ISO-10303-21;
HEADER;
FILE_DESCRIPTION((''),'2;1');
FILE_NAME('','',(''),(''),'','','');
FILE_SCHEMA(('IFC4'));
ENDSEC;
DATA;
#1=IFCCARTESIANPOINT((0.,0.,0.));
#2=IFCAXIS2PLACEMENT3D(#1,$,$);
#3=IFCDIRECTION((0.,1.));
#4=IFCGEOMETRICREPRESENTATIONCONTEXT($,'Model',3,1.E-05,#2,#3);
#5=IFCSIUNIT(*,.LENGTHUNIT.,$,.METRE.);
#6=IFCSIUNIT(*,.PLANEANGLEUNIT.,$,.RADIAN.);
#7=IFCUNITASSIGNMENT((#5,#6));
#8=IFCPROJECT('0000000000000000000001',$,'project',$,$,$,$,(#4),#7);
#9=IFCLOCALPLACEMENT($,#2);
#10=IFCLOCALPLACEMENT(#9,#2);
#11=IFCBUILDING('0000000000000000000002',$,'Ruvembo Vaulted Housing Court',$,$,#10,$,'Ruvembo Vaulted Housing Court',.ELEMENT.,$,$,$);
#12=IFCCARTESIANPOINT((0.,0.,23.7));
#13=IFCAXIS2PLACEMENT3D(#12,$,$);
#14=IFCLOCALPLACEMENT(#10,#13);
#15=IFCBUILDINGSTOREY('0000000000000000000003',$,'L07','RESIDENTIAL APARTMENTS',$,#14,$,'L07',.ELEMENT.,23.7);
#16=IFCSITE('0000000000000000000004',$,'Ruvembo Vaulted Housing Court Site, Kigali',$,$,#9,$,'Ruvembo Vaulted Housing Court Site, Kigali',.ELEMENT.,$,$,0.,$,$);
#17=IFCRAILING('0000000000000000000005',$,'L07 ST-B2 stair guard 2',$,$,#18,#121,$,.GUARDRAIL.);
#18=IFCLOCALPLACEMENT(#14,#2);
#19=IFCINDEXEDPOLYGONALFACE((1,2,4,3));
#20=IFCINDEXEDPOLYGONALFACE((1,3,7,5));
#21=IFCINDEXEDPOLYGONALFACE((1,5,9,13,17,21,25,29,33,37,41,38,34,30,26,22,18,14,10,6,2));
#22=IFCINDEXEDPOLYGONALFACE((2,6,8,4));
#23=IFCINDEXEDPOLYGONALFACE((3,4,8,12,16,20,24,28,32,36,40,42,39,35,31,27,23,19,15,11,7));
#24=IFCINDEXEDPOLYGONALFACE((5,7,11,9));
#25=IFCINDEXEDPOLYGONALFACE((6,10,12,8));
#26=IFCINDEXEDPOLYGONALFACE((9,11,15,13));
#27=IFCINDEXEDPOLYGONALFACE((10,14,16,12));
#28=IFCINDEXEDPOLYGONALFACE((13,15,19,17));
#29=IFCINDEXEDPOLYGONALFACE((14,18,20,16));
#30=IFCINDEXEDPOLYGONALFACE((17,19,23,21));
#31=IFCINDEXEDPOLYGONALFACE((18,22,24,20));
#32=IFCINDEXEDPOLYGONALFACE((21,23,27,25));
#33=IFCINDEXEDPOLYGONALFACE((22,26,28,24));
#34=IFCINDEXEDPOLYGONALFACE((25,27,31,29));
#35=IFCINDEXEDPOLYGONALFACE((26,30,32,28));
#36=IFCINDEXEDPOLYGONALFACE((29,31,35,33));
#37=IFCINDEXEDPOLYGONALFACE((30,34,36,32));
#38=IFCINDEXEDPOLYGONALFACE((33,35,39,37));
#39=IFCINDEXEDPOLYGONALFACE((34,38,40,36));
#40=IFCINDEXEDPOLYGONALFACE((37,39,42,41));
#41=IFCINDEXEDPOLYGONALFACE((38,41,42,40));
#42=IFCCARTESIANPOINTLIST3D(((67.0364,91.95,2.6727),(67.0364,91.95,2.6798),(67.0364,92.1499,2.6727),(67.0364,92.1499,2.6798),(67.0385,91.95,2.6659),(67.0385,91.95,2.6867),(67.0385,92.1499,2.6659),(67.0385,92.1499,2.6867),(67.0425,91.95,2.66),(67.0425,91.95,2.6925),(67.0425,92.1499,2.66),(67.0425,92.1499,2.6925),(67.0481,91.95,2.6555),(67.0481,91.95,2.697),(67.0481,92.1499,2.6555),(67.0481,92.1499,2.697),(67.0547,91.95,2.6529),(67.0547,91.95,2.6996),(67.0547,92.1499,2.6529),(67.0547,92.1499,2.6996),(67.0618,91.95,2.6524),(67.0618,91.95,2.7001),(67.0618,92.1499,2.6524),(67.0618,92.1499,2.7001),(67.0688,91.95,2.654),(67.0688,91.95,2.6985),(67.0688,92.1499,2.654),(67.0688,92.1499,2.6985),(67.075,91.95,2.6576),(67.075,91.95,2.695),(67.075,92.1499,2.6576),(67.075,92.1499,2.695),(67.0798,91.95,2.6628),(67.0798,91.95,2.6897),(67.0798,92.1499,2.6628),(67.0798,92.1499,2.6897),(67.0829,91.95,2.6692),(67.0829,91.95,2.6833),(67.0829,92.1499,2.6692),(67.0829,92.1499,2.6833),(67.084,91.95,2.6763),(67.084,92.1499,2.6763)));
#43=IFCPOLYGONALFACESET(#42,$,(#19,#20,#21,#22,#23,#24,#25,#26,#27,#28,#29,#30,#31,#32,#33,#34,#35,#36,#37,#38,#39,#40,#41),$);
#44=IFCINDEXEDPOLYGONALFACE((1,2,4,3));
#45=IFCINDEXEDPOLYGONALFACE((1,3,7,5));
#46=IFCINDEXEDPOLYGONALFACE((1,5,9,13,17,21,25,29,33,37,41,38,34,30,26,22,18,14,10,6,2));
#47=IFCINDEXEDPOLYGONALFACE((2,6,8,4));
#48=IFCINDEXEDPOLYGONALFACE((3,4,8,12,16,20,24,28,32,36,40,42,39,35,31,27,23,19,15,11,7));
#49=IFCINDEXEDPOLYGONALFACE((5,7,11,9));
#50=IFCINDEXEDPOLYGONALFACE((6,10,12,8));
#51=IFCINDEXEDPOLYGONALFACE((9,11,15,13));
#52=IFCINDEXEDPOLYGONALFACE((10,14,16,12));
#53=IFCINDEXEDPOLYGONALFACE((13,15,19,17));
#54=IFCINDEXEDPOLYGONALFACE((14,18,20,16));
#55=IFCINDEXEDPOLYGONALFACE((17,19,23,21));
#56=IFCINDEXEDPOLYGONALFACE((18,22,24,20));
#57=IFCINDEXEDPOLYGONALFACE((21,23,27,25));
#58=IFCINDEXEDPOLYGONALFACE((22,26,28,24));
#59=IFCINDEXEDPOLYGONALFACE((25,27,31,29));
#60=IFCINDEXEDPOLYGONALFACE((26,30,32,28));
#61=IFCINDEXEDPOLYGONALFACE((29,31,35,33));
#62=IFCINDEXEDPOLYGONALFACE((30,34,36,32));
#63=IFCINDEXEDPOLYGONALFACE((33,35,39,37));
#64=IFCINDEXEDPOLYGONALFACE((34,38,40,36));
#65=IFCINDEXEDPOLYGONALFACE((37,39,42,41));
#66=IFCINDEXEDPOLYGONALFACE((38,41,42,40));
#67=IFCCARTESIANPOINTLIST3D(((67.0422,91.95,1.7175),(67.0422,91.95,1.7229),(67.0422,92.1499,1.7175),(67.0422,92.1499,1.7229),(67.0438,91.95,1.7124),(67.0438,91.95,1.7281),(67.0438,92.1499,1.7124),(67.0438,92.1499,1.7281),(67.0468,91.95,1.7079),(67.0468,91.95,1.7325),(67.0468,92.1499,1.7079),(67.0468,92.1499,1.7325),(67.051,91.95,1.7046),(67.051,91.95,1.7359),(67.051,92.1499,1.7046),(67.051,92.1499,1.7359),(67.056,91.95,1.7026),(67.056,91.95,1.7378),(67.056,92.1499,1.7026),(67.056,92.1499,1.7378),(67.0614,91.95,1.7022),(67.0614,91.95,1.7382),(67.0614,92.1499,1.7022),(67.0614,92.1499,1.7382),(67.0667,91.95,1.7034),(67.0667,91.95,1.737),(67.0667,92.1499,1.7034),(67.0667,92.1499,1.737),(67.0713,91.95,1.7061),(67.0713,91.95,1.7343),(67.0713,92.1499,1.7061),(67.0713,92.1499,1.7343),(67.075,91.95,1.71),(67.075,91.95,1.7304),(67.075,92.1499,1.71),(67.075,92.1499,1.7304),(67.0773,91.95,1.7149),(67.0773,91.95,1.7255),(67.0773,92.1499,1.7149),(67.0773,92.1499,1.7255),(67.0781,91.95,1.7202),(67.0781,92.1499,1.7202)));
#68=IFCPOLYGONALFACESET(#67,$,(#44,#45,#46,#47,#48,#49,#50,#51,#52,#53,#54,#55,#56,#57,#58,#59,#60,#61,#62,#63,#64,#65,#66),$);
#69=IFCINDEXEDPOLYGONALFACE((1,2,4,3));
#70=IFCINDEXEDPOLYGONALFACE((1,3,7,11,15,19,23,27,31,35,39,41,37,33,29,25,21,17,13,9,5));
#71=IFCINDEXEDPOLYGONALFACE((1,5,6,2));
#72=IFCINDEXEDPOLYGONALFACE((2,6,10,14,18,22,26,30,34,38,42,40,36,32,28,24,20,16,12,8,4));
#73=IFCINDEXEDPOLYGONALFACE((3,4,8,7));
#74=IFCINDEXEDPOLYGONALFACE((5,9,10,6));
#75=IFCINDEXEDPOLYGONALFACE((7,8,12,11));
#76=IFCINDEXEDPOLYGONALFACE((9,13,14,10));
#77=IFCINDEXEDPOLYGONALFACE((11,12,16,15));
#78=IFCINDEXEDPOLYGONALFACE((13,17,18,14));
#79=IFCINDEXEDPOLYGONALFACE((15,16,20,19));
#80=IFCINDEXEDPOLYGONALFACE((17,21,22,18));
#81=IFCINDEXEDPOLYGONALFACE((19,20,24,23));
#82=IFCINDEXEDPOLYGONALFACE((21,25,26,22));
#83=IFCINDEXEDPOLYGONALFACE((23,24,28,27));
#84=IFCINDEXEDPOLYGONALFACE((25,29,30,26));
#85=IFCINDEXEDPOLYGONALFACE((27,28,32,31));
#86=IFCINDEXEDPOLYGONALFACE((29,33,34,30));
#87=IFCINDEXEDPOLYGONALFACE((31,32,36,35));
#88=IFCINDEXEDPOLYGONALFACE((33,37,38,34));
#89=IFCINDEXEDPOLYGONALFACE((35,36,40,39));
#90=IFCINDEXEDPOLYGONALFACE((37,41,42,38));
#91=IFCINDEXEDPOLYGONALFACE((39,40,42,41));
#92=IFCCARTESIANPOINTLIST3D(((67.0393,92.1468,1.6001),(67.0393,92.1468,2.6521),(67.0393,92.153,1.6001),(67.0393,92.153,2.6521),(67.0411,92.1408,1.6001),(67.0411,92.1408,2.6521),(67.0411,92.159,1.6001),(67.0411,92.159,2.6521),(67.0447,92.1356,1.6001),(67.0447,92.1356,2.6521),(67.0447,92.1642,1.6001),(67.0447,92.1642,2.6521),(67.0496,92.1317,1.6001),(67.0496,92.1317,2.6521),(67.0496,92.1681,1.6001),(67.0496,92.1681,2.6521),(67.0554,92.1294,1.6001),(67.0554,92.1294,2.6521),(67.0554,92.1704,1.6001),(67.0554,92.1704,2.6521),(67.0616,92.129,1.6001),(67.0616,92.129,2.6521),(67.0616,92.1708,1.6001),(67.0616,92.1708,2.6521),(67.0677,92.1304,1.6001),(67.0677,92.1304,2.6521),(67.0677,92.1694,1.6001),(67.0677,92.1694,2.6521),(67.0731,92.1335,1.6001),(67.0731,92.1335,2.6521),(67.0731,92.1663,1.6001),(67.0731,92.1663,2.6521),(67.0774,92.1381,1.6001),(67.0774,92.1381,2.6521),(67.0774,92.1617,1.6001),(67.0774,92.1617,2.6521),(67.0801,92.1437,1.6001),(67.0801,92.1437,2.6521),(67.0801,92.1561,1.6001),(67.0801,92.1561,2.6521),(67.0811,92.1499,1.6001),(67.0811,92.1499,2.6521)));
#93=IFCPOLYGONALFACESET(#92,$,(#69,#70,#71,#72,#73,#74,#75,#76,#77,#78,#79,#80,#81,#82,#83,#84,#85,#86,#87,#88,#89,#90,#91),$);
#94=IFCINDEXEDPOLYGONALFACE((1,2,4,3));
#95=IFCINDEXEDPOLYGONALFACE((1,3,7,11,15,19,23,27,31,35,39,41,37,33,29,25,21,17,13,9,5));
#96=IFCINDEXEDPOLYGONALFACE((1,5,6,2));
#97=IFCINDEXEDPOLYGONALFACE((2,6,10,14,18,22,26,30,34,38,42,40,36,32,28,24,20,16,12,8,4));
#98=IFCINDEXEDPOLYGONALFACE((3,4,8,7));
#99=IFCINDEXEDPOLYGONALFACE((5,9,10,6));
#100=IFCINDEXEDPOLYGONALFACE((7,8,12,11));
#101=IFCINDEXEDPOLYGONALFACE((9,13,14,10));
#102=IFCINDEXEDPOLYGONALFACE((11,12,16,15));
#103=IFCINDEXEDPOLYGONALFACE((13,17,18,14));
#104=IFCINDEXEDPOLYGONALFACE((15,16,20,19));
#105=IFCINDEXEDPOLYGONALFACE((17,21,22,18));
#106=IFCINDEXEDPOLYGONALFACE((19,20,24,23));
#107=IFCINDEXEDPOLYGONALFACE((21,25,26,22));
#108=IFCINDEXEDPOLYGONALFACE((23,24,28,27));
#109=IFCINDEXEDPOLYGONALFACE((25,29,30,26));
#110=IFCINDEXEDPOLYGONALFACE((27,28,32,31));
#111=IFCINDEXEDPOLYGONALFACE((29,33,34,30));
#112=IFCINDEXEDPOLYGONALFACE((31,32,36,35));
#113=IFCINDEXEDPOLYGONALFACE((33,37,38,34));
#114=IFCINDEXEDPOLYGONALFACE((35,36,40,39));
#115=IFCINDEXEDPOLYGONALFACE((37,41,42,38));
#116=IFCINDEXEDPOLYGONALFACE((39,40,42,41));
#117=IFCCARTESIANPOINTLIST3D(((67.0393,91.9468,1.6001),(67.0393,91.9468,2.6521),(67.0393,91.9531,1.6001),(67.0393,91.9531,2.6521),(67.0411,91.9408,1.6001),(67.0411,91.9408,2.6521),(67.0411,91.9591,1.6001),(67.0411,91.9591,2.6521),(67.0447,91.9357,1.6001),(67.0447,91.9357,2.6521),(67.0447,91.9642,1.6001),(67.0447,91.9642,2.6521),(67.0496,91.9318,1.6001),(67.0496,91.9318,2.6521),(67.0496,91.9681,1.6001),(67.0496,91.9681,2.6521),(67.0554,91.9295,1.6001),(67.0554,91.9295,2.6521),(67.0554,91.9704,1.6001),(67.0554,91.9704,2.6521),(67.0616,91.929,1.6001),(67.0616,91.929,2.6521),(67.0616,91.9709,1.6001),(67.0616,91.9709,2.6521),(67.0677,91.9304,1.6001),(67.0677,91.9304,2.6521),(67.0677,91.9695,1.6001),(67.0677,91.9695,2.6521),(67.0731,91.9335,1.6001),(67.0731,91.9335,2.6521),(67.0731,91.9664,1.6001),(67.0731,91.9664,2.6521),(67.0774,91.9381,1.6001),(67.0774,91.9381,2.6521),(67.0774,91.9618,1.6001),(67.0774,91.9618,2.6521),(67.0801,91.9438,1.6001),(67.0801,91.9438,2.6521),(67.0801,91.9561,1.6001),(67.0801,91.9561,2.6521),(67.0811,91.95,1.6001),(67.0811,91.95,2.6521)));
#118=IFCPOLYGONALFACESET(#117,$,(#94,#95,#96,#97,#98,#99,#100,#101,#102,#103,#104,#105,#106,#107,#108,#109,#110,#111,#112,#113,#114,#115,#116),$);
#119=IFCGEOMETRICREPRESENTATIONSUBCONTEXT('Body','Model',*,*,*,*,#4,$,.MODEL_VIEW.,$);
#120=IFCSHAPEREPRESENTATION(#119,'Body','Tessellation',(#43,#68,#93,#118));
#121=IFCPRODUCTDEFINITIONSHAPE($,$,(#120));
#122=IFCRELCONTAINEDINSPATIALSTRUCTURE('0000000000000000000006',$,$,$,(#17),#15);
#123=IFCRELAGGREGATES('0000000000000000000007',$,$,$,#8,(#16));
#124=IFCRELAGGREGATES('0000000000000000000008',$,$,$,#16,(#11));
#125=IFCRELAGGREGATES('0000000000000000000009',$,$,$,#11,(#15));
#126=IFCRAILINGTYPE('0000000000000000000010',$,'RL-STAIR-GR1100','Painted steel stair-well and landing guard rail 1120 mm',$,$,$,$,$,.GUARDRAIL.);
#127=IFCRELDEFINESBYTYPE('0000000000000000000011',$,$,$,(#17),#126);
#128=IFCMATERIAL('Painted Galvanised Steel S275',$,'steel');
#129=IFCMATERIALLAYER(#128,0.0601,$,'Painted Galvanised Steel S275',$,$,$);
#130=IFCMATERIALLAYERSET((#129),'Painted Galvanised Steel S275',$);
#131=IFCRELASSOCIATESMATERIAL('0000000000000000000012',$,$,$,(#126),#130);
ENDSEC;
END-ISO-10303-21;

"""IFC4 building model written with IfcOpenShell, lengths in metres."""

from ifc_helpers import new_model, si_unit, direction, frame, origin, origin_2d, place, context, subcontext, project, spatial, circle, extrude, material, layer, layer_set, type_object, element, save


model = new_model("IFC4")

# Units and contexts
model_context = context("Model", 3, precision=1e-05, world=origin(), true_north=direction((0.0, 1.0)))
body_context = subcontext(model_context, "Body", "Model", "MODEL_VIEW")
ifc_project = project(units=[si_unit("LENGTHUNIT", "METRE"), si_unit("PLANEANGLEUNIT", "RADIAN")], contexts=[model_context])

# Site, building, storey
site_placement = place(None, origin())
site = spatial("IfcSite", under=ifc_project, at=site_placement, Name="Ruvembo Vaulted Housing Court Site, Kigali", LongName="Ruvembo Vaulted Housing Court Site, Kigali", CompositionType="ELEMENT", RefElevation=0.0)
building_placement = place(site_placement, origin())
building = spatial("IfcBuilding", under=site, at=building_placement, Name="Ruvembo Vaulted Housing Court", LongName="Ruvembo Vaulted Housing Court", CompositionType="ELEMENT")
storey_placement = place(building_placement, frame((0.0, 0.0, 23.7)))
storey = spatial("IfcBuildingStorey", under=building, at=storey_placement, Name="L07", Description="RESIDENTIAL APARTMENTS", LongName="L07", CompositionType="ELEMENT", Elevation=23.7)

# Railing
ifc_material_1 = material(Name="Painted Galvanised Steel S275", Category="steel")
ifc_layer_1 = layer(ifc_material_1, 0.0601, Name="Painted Galvanised Steel S275")
ifc_layer_set_1 = layer_set([ifc_layer_1], Name="Painted Galvanised Steel S275")
railing_type_1 = type_object("IfcRailingType", Name="RL-STAIR-GR1100", Description="Painted steel stair-well and landing guard rail 1120 mm", PredefinedType="GUARDRAIL", material=ifc_layer_set_1)
railing_1_placement = place(storey_placement, frame((67.0601, 92.1499, 1.6001)))
element("IfcRailing", 1, at=railing_1_placement, inside=storey, type_object=railing_type_1, Name="L07 ST-B2 stair guard 2", PredefinedType="GUARDRAIL", context=body_context, shape_type="SweptSolid", body=[
    extrude(circle(Radius=0.0239, at=origin_2d()), frame((0.0, 0.0, 1.0762), z_axis=(0.0, -1.0, 0.0), x_axis=(1.0, 0.0, 0.0)), (0.0, 0.0, 1.0), 0.2),
    extrude(circle(Radius=0.0181, at=origin_2d()), frame((0.0, 0.0, 0.1201), z_axis=(0.0, -1.0, 0.0), x_axis=(1.0, 0.0, 0.0)), (0.0, 0.0, 1.0), 0.2),
    extrude(circle(Radius=0.021, at=origin_2d()), origin(), (0.0, 0.0, 1.0), 1.052),
    extrude(circle(Radius=0.021, at=origin_2d()), frame((0.0, -0.2, 0.0)), (0.0, 0.0, 1.0), 1.052),
])

save(model, "model.ifc")
